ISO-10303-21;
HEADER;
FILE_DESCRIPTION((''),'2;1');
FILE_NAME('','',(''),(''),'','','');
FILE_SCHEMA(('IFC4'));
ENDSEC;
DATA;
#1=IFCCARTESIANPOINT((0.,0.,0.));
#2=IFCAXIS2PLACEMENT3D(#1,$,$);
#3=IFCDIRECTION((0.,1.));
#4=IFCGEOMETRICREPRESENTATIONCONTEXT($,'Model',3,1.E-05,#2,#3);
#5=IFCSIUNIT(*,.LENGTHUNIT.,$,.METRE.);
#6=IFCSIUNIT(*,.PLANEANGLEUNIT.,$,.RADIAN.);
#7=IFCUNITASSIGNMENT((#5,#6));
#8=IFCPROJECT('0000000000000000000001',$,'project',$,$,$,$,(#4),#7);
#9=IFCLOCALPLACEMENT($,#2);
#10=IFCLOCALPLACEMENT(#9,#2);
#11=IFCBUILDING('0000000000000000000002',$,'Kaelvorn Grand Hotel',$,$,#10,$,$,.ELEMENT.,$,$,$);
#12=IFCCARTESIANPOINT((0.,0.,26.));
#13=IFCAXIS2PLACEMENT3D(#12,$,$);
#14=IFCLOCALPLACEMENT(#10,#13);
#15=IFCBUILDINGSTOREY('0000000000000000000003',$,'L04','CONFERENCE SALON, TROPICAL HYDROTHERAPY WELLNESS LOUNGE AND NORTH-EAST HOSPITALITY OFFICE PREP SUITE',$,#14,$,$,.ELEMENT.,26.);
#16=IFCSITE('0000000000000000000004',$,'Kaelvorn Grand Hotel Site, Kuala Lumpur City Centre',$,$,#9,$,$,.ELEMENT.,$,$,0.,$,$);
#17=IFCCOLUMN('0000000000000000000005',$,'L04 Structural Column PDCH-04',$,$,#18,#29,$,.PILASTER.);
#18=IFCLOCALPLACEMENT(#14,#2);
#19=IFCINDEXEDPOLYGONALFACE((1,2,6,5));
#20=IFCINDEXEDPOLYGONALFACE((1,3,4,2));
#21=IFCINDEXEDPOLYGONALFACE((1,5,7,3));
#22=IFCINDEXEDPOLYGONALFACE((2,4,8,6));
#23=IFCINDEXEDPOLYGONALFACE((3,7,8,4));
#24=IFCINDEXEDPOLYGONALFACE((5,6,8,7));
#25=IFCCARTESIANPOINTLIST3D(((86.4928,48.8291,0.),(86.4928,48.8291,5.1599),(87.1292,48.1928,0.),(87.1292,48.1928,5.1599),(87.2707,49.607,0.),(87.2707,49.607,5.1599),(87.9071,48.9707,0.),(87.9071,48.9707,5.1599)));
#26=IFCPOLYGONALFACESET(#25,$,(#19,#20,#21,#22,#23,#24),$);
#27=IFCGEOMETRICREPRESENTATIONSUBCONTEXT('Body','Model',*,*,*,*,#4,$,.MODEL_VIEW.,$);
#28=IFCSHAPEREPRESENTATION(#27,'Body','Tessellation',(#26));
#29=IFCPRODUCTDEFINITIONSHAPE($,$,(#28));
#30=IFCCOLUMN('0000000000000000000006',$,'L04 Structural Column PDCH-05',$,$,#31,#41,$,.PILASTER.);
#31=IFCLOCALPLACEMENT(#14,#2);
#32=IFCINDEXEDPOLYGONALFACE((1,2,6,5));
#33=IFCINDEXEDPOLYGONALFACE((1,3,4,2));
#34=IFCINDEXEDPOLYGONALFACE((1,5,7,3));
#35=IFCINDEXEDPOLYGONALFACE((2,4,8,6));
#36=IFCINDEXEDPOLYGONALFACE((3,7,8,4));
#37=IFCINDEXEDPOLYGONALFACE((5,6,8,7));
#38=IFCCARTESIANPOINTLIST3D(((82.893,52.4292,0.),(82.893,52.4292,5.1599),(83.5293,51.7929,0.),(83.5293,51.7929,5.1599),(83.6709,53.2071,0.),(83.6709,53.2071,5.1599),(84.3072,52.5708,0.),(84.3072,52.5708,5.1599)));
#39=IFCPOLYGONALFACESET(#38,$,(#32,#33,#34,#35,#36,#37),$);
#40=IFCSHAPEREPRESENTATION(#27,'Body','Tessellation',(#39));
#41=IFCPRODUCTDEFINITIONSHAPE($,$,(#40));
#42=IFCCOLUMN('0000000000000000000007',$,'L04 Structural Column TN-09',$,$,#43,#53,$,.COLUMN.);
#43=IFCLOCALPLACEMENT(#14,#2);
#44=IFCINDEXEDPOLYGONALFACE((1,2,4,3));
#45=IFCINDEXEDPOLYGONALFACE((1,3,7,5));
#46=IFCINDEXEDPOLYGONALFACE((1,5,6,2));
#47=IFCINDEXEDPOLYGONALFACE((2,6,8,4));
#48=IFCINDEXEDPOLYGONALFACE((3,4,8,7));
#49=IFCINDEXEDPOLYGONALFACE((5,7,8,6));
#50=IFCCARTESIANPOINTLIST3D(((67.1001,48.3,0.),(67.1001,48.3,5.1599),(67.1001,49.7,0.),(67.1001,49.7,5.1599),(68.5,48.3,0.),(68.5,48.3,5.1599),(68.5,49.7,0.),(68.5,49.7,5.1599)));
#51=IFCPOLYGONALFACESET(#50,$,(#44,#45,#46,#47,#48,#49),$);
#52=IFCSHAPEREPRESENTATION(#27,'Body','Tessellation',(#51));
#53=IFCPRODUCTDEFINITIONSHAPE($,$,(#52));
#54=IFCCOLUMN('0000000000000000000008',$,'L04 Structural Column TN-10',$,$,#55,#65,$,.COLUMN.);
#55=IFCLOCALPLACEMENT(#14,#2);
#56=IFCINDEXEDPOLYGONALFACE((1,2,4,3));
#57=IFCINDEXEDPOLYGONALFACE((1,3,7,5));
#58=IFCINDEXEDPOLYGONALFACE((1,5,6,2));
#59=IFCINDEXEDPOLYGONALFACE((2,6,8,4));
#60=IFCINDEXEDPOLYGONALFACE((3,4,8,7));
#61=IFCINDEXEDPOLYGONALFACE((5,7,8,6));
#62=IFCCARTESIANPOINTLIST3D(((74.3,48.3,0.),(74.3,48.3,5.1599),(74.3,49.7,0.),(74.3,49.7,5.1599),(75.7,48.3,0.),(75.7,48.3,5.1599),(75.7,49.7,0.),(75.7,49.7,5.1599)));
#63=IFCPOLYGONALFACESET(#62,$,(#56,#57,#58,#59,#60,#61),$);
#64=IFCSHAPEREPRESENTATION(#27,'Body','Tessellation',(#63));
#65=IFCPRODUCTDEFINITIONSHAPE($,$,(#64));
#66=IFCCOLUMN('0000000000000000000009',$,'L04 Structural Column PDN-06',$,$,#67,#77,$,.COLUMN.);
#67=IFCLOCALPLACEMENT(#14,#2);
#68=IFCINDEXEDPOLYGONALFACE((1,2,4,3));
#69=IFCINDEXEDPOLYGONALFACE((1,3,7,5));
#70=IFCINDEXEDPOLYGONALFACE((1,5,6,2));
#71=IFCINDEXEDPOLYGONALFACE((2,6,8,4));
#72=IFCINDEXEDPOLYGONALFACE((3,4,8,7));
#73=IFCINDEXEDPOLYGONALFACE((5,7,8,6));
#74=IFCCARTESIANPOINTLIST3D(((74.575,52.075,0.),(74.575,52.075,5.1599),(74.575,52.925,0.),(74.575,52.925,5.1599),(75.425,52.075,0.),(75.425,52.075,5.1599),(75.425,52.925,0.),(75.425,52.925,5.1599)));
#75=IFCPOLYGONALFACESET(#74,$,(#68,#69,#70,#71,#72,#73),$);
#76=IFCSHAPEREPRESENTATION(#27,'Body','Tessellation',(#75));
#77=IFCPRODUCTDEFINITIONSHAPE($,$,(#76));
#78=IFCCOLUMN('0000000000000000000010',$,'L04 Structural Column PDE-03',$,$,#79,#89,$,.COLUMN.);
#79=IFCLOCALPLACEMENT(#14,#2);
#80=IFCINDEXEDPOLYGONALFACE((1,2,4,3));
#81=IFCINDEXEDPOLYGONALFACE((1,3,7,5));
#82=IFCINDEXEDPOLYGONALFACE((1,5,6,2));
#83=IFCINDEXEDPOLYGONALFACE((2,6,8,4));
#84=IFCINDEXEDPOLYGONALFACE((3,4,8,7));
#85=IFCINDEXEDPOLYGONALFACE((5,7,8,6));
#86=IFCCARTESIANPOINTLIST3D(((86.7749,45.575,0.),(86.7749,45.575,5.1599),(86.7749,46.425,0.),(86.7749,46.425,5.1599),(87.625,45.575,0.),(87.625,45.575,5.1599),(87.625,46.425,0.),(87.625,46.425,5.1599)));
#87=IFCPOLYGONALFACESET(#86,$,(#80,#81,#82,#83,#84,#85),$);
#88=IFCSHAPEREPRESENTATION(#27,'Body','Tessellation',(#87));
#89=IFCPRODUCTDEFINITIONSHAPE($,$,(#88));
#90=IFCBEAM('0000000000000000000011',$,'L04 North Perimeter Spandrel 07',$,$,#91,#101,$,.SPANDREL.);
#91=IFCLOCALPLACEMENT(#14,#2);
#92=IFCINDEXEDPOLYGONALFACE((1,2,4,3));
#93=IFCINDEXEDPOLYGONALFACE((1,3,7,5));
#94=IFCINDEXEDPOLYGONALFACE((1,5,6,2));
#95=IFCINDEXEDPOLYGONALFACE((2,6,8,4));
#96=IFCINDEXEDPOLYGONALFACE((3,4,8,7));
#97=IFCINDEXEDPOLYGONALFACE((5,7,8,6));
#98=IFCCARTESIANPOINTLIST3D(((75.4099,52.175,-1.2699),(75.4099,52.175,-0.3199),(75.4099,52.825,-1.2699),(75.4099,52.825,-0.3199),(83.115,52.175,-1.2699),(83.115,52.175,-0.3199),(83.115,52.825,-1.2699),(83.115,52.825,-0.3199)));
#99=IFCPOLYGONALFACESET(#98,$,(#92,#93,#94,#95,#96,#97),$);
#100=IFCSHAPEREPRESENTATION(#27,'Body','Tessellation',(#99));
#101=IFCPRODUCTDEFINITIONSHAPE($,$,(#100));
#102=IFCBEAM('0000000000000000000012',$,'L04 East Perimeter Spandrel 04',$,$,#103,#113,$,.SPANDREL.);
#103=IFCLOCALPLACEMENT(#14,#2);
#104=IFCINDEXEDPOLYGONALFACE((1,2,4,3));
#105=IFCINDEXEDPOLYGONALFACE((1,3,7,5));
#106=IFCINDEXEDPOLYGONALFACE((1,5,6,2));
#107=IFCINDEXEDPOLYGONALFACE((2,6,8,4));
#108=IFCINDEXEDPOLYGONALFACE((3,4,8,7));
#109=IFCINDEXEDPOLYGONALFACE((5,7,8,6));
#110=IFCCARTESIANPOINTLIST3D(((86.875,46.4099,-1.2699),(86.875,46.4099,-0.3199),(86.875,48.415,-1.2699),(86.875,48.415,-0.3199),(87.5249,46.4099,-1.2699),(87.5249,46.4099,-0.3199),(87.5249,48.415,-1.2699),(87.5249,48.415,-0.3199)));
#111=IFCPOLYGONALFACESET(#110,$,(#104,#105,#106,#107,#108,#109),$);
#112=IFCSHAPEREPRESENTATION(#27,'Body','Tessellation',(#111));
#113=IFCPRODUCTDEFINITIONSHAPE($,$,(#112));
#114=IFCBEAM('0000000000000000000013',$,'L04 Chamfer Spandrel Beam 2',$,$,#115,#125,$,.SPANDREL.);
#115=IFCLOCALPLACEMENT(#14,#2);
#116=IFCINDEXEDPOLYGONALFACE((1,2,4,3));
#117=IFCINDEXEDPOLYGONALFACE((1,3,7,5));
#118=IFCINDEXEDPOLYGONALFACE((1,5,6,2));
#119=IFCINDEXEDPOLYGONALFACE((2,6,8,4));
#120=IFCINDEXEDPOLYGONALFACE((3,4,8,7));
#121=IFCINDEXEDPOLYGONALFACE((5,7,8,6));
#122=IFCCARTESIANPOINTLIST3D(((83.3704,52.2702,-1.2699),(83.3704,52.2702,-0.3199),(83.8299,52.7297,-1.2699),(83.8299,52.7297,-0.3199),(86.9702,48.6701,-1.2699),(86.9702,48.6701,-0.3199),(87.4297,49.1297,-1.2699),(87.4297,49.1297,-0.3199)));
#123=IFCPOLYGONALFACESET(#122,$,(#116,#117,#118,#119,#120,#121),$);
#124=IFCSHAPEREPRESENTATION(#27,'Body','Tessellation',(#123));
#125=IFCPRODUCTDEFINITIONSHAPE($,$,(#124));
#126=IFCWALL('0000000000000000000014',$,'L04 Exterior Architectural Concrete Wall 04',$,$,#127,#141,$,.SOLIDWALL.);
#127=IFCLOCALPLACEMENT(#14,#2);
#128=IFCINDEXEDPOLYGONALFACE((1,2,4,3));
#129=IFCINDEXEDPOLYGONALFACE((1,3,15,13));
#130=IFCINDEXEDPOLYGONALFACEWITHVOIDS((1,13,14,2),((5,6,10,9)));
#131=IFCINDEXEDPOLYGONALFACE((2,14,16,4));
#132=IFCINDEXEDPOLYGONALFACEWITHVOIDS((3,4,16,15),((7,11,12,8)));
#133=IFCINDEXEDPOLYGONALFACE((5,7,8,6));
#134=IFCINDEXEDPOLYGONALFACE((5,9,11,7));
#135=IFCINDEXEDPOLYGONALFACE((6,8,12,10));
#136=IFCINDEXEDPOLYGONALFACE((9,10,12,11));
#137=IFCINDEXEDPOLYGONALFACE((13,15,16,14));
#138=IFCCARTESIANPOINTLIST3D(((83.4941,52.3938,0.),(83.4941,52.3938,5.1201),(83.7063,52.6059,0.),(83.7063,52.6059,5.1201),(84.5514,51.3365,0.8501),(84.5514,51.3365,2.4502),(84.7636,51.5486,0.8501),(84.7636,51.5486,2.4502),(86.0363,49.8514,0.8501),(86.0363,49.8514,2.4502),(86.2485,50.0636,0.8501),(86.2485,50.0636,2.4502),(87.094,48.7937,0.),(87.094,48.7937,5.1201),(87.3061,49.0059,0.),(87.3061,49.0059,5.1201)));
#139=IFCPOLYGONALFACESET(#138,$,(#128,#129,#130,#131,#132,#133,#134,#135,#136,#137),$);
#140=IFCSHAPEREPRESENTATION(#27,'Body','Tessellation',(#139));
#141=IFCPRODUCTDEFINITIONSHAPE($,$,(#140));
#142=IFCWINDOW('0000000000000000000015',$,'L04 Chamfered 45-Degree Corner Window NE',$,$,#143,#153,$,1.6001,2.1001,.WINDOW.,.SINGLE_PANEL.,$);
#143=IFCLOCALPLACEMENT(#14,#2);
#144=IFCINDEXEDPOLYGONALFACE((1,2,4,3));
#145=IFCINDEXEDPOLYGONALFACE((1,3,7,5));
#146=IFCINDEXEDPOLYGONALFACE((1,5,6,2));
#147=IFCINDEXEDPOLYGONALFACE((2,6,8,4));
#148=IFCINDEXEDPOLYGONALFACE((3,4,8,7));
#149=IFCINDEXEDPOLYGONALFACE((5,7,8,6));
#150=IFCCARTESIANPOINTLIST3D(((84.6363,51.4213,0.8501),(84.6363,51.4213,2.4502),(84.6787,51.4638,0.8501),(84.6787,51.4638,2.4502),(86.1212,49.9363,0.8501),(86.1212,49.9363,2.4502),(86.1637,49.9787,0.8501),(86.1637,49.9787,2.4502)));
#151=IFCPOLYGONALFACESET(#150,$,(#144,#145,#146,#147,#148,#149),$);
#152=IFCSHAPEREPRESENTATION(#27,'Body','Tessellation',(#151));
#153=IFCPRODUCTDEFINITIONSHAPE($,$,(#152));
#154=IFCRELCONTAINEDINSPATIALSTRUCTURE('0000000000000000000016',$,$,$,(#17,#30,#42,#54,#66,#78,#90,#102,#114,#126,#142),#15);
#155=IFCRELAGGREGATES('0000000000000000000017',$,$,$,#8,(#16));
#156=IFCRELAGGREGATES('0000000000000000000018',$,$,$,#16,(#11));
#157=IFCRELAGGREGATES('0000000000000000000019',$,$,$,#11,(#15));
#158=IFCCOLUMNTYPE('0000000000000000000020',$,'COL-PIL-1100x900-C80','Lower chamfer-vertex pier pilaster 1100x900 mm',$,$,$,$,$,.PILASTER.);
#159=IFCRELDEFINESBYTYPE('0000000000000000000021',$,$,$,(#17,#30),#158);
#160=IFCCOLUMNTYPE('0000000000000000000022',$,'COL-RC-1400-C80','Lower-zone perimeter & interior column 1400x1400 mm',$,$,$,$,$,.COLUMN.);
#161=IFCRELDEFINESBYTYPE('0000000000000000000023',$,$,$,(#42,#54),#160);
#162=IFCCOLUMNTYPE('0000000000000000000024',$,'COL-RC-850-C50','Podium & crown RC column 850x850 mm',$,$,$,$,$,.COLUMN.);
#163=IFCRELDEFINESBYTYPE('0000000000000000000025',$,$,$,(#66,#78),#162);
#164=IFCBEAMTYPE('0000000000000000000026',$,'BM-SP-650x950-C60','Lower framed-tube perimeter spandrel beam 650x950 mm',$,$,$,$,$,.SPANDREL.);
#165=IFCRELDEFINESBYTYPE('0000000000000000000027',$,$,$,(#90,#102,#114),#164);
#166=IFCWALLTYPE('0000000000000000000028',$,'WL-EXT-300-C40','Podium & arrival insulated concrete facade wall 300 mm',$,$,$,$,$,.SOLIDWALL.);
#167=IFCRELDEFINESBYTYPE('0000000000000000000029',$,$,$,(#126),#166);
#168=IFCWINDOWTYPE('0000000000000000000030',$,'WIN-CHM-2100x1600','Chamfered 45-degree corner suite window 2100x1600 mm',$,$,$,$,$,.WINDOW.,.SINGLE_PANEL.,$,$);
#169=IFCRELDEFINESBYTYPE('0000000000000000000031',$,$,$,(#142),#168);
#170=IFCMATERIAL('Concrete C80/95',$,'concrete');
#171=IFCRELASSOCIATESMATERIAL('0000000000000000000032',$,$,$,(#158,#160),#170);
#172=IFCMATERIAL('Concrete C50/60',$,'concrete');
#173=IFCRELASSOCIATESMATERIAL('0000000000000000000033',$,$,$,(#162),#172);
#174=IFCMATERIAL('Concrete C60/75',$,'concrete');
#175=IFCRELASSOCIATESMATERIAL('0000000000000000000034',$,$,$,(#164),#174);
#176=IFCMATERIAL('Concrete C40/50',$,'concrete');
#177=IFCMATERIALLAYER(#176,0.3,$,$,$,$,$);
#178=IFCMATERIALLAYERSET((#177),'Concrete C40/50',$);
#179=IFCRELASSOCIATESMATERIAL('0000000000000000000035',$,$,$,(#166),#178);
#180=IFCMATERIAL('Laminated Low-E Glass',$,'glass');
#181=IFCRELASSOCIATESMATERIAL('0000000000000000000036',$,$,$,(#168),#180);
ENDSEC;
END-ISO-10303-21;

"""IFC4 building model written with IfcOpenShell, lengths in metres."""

from ifc_helpers import new_model, si_unit, direction, frame, frame_2d, origin, origin_2d, place, context, subcontext, project, spatial, rectangle, extrude, material, layer, layer_set, material_profile, profile_set, type_object, element, fill, save


model = new_model("IFC4")

# Units and contexts
model_context = context("Model", 3, precision=1e-05, world=origin(), true_north=direction((0.0, 1.0)))
body_context = subcontext(model_context, "Body", "Model", "MODEL_VIEW")
ifc_project = project(units=[si_unit("LENGTHUNIT", "METRE"), si_unit("PLANEANGLEUNIT", "RADIAN")], contexts=[model_context])

# Site, building, storey
site_placement = place(None, origin())
site = spatial("IfcSite", under=ifc_project, at=site_placement, Name="Kaelvorn Grand Hotel Site, Kuala Lumpur City Centre", CompositionType="ELEMENT", RefElevation=0.0)
building_placement = place(site_placement, origin())
building = spatial("IfcBuilding", under=site, at=building_placement, Name="Kaelvorn Grand Hotel", CompositionType="ELEMENT")
storey_placement = place(building_placement, frame((0.0, 0.0, 26.0)))
storey = spatial("IfcBuildingStorey", under=building, at=storey_placement, Name="L04", Description="CONFERENCE SALON, TROPICAL HYDROTHERAPY WELLNESS LOUNGE AND NORTH-EAST HOSPITALITY OFFICE PREP SUITE", CompositionType="ELEMENT", Elevation=26.0)

# Columns
ifc_material_1 = material(Name="Concrete C80/95", Category="concrete")
ifc_material_profile_1 = material_profile(ifc_material_1, rectangle(XDim=1.1001, YDim=0.8999, at=origin_2d()), Name="RC PILASTER 1100x900")
ifc_profile_set_1 = profile_set([ifc_material_profile_1], Name="Concrete C80/95")
column_type_1 = type_object("IfcColumnType", Name="COL-PIL-1100x900-C80", Description="Lower chamfer-vertex pier pilaster 1100x900 mm", PredefinedType="PILASTER", material=ifc_profile_set_1)
for number, where, z_axis, x_axis, name in (
    (1, (87.2, 48.8999, 0.0), (0.0, 0.0, 1.0), (0.707107, 0.707107, 0.0), "L04 Structural Column PDCH-04"),
    (2, (83.6001, 52.5, 0.0), (0.0, 0.0, 1.0), (0.707107, 0.707107, 0.0), "L04 Structural Column PDCH-05"),
):
    element("IfcColumn", number, at=place(storey_placement, frame(where, z_axis=z_axis, x_axis=x_axis)), inside=storey, type_object=column_type_1, Name=name, PredefinedType="PILASTER", context=body_context, shape_type="SweptSolid", body=[
        extrude(rectangle(XDim=1.1001, YDim=0.8999, at=origin_2d()), origin(), (0.0, 0.0, 1.0), 5.1599),
    ])
ifc_material_profile_2 = material_profile(ifc_material_1, rectangle(XDim=1.3999, YDim=1.3999, at=origin_2d()), Name="RC COL 1400x1400")
ifc_profile_set_2 = profile_set([ifc_material_profile_2], Name="Concrete C80/95")
column_type_2 = type_object("IfcColumnType", Name="COL-RC-1400-C80", Description="Lower-zone perimeter & interior column 1400x1400 mm", PredefinedType="COLUMN", material=ifc_profile_set_2)
for number, where, z_axis, x_axis, name in (
    (3, (67.8, 49.0, 0.0), (0.0, 0.0, 1.0), (1.0, 0.0, 0.0), "L04 Structural Column TN-09"),
    (4, (75.0, 49.0, 0.0), (0.0, 0.0, 1.0), (1.0, 0.0, 0.0), "L04 Structural Column TN-10"),
):
    element("IfcColumn", number, at=place(storey_placement, frame(where, z_axis=z_axis, x_axis=x_axis)), inside=storey, type_object=column_type_2, Name=name, PredefinedType="COLUMN", context=body_context, shape_type="SweptSolid", body=[
        extrude(rectangle(XDim=1.3999, YDim=1.3999, at=origin_2d()), origin(), (0.0, 0.0, 1.0), 5.1599),
    ])
ifc_material_2 = material(Name="Concrete C50/60", Category="concrete")
ifc_material_profile_3 = material_profile(ifc_material_2, rectangle(XDim=0.8501, YDim=0.8501, at=origin_2d()), Name="RC COL 850x850")
ifc_profile_set_3 = profile_set([ifc_material_profile_3], Name="Concrete C50/60")
column_type_3 = type_object("IfcColumnType", Name="COL-RC-850-C50", Description="Podium & crown RC column 850x850 mm", PredefinedType="COLUMN", material=ifc_profile_set_3)
for number, where, z_axis, x_axis, name in (
    (5, (75.0, 52.5, 0.0), (0.0, 0.0, 1.0), (1.0, 0.0, 0.0), "L04 Structural Column PDN-06"),
    (6, (87.2, 46.0, 0.0), (0.0, 0.0, 1.0), (1.0, 0.0, 0.0), "L04 Structural Column PDE-03"),
):
    element("IfcColumn", number, at=place(storey_placement, frame(where, z_axis=z_axis, x_axis=x_axis)), inside=storey, type_object=column_type_3, Name=name, PredefinedType="COLUMN", context=body_context, shape_type="SweptSolid", body=[
        extrude(rectangle(XDim=0.8501, YDim=0.8501, at=origin_2d()), origin(), (0.0, 0.0, 1.0), 5.1599),
    ])

# Beams
ifc_material_3 = material(Name="Concrete C60/75", Category="concrete")
ifc_material_profile_4 = material_profile(ifc_material_3, rectangle(XDim=0.6499, YDim=0.95, at=origin_2d()), Name="RC SPANDREL 650x950")
ifc_profile_set_4 = profile_set([ifc_material_profile_4], Name="Concrete C60/75")
beam_type = type_object("IfcBeamType", Name="BM-SP-650x950-C60", Description="Lower framed-tube perimeter spandrel beam 650x950 mm", PredefinedType="SPANDREL", material=ifc_profile_set_4)
beam_1_placement = place(storey_placement, frame((75.4099, 52.5, -0.7949), z_axis=(1.0, 0.0, 0.0), x_axis=(0.0, 1.0, 0.0)))
element("IfcBeam", 7, at=beam_1_placement, inside=storey, type_object=beam_type, Name="L04 North Perimeter Spandrel 07", PredefinedType="SPANDREL", context=body_context, shape_type="SweptSolid", body=[
    extrude(rectangle(XDim=0.6499, YDim=0.95, at=origin_2d()), origin(), (0.0, 0.0, 1.0), 7.7051),
])
beam_2_placement = place(storey_placement, frame((87.2, 46.4099, -0.7949), z_axis=(0.0, 1.0, 0.0), x_axis=(-1.0, 0.0, 0.0)))
element("IfcBeam", 8, at=beam_2_placement, inside=storey, type_object=beam_type, Name="L04 East Perimeter Spandrel 04", PredefinedType="SPANDREL", context=body_context, shape_type="SweptSolid", body=[
    extrude(rectangle(XDim=0.6499, YDim=0.95, at=origin_2d()), origin(), (0.0, 0.0, 1.0), 2.0051),
])
beam_3_placement = place(storey_placement, frame((87.2, 48.8999, -0.7949), z_axis=(-0.707083, 0.707131, 0.0), x_axis=(-0.707131, -0.707083, 0.0)))
element("IfcBeam", 9, at=beam_3_placement, inside=storey, type_object=beam_type, Name="L04 Chamfer Spandrel Beam 2", PredefinedType="SPANDREL", context=body_context, shape_type="SweptSolid", body=[
    extrude(rectangle(XDim=0.6499, YDim=0.95, at=origin_2d()), origin(), (0.0, 0.0, 1.0), 5.0911),
])

# Wall, opening, window
ifc_material_4 = material(Name="Concrete C40/50", Category="concrete")
ifc_layer_1 = layer(ifc_material_4, 0.3)
ifc_layer_set_1 = layer_set([ifc_layer_1], Name="Concrete C40/50")
wall_type_1 = type_object("IfcWallType", Name="WL-EXT-300-C40", Description="Podium & arrival insulated concrete facade wall 300 mm", PredefinedType="SOLIDWALL", material=ifc_layer_set_1)
wall_1_placement = place(storey_placement, frame((87.2, 48.8999, 0.0), z_axis=(0.0, 0.0, 1.0), x_axis=(-0.707083, 0.707131, 0.0)))
wall_1 = element("IfcWall", 10, at=wall_1_placement, inside=storey, type_object=wall_type_1, Name="L04 Exterior Architectural Concrete Wall 04", PredefinedType="SOLIDWALL", context=body_context, shape_type="SweptSolid", body=[
    extrude(rectangle(XDim=5.0911, YDim=0.3, at=frame_2d((2.5454, 0.0))), origin(), (0.0, 0.0, 1.0), 5.1201),
])
opening_1_placement = place(wall_1_placement, frame((1.4956, 0.0, 0.8501)))
opening_1 = element("IfcOpeningElement", 11, at=opening_1_placement, cuts=wall_1, PredefinedType="OPENING", context=body_context, shape_type="SweptSolid", body=[
    extrude(rectangle(XDim=2.1001, YDim=1.6001, at=frame_2d((1.05, 0.8))), frame((0.0, 0.1602, 0.0), z_axis=(0.0, -1.0, 0.0), x_axis=(1.0, 0.0, 0.0)), (0.0, 0.0, 1.0), 0.3201),
])
ifc_material_5 = material(Name="Laminated Low-E Glass", Category="glass")
window_type_1 = type_object("IfcWindowType", Name="WIN-CHM-2100x1600", Description="Chamfered 45-degree corner suite window 2100x1600 mm", PartitioningType="SINGLE_PANEL", PredefinedType="WINDOW", material=ifc_material_5)
window_1_placement = place(opening_1_placement, origin())
window_1 = element("IfcWindow", 12, at=window_1_placement, inside=storey, type_object=window_type_1, Name="L04 Chamfered 45-Degree Corner Window NE", OverallHeight=1.6001, OverallWidth=2.1001, PartitioningType="SINGLE_PANEL", PredefinedType="WINDOW", context=body_context, shape_type="SweptSolid", body=[
    extrude(rectangle(XDim=2.1001, YDim=1.6001, at=frame_2d((1.05, 0.8))), frame((0.0, 0.03, 0.0), z_axis=(0.0, -1.0, 0.0), x_axis=(1.0, 0.0, 0.0)), (0.0, 0.0, 1.0), 0.0601),
])
fill(opening_1, window_1)

save(model, "model.ifc")
